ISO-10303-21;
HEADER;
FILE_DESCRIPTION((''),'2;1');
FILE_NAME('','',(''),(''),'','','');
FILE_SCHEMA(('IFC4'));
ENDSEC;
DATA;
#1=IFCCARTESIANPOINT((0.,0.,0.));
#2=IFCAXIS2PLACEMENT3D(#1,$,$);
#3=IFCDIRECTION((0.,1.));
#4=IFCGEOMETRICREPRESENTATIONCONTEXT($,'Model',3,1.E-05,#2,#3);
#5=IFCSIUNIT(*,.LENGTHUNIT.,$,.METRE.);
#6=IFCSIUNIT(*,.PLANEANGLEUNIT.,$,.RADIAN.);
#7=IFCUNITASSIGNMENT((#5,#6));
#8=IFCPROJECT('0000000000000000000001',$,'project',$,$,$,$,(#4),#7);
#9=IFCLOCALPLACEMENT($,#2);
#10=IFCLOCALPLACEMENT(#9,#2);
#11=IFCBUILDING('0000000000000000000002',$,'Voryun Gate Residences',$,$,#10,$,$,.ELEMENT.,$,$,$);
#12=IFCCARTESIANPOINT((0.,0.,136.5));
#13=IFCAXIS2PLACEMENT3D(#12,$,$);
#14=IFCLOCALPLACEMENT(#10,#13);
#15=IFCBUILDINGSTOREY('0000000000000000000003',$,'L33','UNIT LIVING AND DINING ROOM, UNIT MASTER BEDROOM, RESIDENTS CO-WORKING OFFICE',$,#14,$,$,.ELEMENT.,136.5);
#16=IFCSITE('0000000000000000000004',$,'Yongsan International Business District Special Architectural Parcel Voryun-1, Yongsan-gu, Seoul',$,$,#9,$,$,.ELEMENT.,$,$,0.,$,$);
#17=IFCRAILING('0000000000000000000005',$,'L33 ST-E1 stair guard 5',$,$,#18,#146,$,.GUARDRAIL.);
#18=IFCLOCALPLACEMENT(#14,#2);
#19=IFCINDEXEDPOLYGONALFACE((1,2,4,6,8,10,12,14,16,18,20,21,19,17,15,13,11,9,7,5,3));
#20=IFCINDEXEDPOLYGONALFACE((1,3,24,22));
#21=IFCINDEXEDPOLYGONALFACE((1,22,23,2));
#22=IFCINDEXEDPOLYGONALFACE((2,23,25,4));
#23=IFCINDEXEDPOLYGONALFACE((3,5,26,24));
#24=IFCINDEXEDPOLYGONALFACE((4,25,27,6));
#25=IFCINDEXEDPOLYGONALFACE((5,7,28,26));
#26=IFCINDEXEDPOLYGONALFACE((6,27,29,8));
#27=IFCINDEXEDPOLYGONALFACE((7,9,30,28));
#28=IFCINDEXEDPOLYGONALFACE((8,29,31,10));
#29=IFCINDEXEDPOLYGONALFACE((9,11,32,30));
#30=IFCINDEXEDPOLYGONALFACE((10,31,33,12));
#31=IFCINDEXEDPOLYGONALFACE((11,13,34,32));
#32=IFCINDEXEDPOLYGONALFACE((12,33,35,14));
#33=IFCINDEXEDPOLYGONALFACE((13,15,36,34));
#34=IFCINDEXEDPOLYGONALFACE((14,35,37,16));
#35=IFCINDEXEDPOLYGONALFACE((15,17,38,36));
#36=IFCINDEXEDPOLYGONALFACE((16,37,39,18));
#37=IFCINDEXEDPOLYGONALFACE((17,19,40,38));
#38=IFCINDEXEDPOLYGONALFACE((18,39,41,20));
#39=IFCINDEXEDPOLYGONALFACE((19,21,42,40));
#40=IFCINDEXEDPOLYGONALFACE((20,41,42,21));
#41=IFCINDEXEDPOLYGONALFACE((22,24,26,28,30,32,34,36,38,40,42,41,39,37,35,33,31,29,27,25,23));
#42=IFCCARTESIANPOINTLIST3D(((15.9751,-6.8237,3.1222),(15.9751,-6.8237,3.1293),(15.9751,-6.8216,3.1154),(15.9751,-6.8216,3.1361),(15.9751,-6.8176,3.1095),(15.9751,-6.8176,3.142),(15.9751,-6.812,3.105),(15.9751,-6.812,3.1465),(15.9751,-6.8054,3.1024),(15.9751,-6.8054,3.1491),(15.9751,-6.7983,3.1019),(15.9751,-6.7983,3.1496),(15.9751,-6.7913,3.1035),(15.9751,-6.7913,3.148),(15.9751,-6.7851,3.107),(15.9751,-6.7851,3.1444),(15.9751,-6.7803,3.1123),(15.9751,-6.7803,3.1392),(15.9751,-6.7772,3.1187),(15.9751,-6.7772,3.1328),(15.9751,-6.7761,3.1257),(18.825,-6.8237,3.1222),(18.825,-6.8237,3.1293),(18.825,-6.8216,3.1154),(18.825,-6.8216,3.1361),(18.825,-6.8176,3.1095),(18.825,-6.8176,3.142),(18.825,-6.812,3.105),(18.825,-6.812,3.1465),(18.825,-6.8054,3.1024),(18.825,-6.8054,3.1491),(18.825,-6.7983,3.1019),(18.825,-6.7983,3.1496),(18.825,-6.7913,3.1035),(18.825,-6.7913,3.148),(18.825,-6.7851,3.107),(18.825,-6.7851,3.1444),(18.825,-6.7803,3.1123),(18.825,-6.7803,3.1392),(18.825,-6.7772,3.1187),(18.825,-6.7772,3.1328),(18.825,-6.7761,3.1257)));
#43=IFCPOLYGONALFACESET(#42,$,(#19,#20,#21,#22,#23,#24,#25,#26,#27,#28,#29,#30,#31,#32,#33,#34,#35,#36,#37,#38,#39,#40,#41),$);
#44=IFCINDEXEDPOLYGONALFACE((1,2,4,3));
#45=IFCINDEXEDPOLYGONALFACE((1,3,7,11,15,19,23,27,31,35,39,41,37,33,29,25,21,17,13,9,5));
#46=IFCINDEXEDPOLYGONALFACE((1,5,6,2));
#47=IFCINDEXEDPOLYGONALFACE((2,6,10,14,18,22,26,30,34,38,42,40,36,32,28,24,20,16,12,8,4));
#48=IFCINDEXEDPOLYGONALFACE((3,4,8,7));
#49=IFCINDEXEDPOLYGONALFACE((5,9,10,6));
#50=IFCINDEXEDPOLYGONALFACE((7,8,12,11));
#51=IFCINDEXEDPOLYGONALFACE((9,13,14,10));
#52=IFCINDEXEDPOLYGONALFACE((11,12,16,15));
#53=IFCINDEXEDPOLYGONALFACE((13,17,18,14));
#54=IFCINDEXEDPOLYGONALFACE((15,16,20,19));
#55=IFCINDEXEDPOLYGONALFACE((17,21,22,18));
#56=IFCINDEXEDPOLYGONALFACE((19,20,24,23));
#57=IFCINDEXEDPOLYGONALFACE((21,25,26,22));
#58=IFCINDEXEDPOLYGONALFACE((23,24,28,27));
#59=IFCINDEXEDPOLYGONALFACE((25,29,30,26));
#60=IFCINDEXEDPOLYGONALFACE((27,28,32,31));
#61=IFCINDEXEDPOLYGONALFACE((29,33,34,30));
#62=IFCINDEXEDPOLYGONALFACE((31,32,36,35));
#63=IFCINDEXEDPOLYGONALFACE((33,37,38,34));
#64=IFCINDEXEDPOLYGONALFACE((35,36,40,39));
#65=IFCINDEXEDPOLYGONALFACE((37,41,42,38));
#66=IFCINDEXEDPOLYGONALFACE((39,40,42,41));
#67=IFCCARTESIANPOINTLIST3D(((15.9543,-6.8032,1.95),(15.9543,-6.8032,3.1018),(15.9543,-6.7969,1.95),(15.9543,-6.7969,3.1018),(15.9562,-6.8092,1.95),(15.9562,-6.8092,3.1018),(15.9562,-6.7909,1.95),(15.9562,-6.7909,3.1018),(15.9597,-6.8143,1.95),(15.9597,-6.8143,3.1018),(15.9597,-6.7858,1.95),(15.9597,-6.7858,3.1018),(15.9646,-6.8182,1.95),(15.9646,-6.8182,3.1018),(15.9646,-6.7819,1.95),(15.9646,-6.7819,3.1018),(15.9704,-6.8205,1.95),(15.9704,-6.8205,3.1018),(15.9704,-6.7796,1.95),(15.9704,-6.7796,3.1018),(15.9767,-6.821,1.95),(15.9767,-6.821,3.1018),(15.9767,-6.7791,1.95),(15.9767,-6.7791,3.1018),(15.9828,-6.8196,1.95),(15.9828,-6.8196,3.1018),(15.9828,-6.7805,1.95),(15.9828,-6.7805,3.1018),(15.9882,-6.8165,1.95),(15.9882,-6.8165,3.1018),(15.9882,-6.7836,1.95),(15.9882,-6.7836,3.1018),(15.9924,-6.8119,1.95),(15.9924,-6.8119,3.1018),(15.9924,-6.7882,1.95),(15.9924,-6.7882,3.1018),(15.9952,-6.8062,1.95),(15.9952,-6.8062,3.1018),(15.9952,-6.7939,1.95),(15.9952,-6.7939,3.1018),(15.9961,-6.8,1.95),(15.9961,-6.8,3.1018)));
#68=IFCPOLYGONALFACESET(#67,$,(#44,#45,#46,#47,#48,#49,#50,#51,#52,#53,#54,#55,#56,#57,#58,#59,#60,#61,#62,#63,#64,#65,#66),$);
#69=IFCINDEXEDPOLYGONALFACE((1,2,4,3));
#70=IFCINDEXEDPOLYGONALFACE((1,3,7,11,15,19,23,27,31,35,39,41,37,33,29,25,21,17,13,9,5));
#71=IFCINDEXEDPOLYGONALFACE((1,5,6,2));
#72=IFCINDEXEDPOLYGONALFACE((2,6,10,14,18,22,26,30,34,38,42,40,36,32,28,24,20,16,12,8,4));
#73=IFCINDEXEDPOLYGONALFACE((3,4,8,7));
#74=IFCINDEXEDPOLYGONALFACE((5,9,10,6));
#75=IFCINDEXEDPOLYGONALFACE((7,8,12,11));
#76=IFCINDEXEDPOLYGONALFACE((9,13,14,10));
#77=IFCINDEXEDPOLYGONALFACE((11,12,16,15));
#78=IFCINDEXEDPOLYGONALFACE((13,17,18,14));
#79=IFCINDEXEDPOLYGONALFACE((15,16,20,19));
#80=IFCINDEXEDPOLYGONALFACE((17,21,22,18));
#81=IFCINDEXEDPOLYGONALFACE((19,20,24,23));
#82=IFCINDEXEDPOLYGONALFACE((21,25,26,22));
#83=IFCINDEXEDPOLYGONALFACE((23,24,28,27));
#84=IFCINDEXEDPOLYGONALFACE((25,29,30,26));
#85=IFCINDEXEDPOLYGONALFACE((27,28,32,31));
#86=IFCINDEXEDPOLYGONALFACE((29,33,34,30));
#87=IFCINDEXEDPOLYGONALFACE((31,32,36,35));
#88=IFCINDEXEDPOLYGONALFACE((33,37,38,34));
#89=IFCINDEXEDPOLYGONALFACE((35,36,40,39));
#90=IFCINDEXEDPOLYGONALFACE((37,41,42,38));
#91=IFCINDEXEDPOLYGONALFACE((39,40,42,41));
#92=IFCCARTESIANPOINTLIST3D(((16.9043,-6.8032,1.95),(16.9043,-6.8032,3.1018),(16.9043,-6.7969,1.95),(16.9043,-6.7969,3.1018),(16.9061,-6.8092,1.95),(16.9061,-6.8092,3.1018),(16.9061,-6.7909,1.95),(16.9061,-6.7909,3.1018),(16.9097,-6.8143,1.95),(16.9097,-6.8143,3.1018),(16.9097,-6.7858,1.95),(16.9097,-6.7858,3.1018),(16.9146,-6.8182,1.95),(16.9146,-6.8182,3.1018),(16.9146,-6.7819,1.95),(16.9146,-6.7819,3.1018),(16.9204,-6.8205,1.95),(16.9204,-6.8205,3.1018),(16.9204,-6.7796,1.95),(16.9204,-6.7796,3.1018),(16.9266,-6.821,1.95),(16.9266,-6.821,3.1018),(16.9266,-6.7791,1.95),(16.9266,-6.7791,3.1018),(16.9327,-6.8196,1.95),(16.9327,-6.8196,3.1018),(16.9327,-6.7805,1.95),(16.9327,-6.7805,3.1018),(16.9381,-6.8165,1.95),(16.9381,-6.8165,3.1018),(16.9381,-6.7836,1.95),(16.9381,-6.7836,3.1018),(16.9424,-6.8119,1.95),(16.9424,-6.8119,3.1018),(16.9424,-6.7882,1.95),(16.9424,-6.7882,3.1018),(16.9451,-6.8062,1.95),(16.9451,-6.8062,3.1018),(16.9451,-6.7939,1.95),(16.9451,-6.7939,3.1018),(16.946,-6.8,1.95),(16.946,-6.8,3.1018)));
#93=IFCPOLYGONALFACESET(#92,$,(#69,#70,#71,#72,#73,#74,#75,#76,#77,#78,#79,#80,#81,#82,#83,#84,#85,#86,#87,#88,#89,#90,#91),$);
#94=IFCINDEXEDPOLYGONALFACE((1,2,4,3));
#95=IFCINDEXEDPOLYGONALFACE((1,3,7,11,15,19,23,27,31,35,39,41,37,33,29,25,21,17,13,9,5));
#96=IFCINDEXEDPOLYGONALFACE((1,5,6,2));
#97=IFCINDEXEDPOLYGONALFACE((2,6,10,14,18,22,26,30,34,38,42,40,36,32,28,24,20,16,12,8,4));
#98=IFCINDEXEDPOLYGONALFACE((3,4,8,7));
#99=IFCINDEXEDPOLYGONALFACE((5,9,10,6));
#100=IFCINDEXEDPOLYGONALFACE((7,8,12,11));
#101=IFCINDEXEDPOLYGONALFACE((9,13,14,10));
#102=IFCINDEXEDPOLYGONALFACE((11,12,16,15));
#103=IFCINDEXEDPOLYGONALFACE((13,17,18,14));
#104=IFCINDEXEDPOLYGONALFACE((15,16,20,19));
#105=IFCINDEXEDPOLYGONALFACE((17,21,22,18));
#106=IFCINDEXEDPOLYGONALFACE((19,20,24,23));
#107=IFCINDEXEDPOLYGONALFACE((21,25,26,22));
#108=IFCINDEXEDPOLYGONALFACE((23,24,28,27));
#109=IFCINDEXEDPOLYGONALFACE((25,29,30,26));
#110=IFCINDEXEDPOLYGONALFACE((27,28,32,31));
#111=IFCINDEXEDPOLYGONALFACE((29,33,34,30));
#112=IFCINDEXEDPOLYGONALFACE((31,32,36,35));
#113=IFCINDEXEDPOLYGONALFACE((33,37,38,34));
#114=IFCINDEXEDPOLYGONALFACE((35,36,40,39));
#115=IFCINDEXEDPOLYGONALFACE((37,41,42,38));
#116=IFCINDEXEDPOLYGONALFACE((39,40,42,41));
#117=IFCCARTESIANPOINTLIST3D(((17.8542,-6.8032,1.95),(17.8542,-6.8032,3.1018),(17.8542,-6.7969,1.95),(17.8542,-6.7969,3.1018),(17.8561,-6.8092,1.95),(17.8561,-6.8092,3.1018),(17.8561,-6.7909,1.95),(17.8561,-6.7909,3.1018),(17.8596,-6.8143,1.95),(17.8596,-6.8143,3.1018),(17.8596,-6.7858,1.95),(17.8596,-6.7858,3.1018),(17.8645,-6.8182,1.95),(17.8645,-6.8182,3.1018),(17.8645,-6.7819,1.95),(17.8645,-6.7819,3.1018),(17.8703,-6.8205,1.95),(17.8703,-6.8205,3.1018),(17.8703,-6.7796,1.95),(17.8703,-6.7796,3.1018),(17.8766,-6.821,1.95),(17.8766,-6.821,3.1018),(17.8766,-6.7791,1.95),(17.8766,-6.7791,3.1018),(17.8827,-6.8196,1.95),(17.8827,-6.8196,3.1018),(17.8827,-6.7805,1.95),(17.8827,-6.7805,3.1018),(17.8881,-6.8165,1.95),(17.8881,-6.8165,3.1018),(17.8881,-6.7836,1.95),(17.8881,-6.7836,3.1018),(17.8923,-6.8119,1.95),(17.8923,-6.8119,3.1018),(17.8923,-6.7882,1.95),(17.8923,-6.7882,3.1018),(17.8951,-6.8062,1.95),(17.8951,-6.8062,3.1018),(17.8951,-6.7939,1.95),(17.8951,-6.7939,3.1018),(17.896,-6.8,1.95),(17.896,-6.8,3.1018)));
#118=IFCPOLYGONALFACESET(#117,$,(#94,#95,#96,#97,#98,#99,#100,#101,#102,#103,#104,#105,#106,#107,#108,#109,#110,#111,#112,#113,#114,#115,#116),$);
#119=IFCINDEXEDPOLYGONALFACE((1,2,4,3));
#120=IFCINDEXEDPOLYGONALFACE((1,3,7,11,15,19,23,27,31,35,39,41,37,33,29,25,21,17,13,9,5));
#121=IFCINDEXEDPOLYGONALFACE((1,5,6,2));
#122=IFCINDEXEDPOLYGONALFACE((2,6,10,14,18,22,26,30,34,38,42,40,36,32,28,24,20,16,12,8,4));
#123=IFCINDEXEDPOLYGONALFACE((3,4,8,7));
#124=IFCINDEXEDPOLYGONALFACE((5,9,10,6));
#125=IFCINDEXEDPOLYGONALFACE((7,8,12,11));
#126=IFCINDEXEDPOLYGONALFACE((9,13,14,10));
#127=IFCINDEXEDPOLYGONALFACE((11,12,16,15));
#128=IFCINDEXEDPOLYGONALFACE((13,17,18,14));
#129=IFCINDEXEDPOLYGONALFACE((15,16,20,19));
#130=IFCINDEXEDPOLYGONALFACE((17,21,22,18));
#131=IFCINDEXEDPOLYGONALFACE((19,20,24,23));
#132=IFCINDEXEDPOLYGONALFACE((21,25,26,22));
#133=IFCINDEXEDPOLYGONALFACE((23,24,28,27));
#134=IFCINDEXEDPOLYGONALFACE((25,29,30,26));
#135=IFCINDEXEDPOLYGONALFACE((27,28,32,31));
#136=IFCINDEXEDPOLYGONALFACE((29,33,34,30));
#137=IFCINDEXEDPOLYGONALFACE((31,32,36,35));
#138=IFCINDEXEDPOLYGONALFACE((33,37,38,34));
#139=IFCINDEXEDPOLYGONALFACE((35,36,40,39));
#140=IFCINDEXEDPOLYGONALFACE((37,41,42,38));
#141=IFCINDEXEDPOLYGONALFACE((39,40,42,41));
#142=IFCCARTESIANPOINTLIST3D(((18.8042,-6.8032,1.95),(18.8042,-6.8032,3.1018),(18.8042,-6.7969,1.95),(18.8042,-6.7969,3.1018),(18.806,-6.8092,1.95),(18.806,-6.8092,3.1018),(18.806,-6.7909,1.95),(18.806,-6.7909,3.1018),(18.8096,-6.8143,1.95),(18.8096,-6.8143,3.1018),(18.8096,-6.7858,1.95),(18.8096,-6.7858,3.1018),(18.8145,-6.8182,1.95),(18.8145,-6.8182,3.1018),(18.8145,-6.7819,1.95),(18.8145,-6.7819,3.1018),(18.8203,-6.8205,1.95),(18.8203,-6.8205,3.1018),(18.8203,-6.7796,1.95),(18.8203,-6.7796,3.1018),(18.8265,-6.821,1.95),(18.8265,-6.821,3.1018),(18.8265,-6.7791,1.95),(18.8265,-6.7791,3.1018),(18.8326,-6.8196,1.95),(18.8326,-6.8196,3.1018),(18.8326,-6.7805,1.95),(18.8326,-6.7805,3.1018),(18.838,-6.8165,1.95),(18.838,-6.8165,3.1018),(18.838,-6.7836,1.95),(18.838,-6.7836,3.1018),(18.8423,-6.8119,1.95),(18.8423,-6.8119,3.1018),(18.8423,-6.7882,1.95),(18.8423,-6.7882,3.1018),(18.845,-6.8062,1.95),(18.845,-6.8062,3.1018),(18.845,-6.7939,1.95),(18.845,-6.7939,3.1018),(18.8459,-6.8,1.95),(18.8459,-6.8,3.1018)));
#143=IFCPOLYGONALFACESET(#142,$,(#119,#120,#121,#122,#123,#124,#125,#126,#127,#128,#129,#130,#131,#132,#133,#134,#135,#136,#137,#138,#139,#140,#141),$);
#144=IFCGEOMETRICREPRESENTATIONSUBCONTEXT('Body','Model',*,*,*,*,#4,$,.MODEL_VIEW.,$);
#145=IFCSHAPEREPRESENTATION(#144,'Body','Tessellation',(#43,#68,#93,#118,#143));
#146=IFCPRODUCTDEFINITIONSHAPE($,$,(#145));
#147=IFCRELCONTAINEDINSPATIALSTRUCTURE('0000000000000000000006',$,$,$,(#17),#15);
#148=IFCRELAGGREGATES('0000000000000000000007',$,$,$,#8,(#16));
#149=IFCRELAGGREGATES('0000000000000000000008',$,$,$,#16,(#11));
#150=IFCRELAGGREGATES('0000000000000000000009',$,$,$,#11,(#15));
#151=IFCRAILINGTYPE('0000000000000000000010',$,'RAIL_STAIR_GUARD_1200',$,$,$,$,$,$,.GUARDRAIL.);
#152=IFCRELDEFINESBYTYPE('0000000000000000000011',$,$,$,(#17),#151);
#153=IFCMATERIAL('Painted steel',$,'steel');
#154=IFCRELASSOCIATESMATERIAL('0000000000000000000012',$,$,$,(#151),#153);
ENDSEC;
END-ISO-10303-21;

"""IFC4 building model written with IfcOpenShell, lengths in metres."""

from ifc_helpers import new_model, si_unit, direction, frame, origin, origin_2d, place, context, subcontext, project, spatial, circle, extrude, material, type_object, element, save


model = new_model("IFC4")

# Units and contexts
model_context = context("Model", 3, precision=1e-05, world=origin(), true_north=direction((0.0, 1.0)))
body_context = subcontext(model_context, "Body", "Model", "MODEL_VIEW")
ifc_project = project(units=[si_unit("LENGTHUNIT", "METRE"), si_unit("PLANEANGLEUNIT", "RADIAN")], contexts=[model_context])

# Site, building, storey
site_placement = place(None, origin())
site = spatial("IfcSite", under=ifc_project, at=site_placement, Name="Yongsan International Business District Special Architectural Parcel Voryun-1, Yongsan-gu, Seoul", CompositionType="ELEMENT", RefElevation=0.0)
building_placement = place(site_placement, origin())
building = spatial("IfcBuilding", under=site, at=building_placement, Name="Voryun Gate Residences", CompositionType="ELEMENT")
storey_placement = place(building_placement, frame((0.0, 0.0, 136.5)))
storey = spatial("IfcBuildingStorey", under=building, at=storey_placement, Name="L33", Description="UNIT LIVING AND DINING ROOM, UNIT MASTER BEDROOM, RESIDENTS CO-WORKING OFFICE", CompositionType="ELEMENT", Elevation=136.5)

# Railing
ifc_material_1 = material(Name="Painted steel", Category="steel")
railing_type_1 = type_object("IfcRailingType", Name="RAIL_STAIR_GUARD_1200", PredefinedType="GUARDRAIL", material=ifc_material_1)
railing_1_placement = place(storey_placement, frame((15.9751, -6.8, 1.95)))
element("IfcRailing", 1, at=railing_1_placement, inside=storey, type_object=railing_type_1, Name="L33 ST-E1 stair guard 5", PredefinedType="GUARDRAIL", context=body_context, shape_type="SweptSolid", body=[
    extrude(circle(Radius=0.0239, at=origin_2d()), frame((0.0, 0.0, 1.1758), z_axis=(1.0, 0.0, 0.0), x_axis=(0.0, 1.0, 0.0)), (0.0, 0.0, 1.0), 2.8499),
    extrude(circle(Radius=0.021, at=origin_2d()), origin(), (0.0, 0.0, 1.0), 1.1519),
    extrude(circle(Radius=0.021, at=origin_2d()), frame((0.95, 0.0, 0.0)), (0.0, 0.0, 1.0), 1.1519),
    extrude(circle(Radius=0.021, at=origin_2d()), frame((1.8999, 0.0, 0.0)), (0.0, 0.0, 1.0), 1.1519),
    extrude(circle(Radius=0.021, at=origin_2d()), frame((2.8499, 0.0, 0.0)), (0.0, 0.0, 1.0), 1.1519),
])

save(model, "model.ifc")
